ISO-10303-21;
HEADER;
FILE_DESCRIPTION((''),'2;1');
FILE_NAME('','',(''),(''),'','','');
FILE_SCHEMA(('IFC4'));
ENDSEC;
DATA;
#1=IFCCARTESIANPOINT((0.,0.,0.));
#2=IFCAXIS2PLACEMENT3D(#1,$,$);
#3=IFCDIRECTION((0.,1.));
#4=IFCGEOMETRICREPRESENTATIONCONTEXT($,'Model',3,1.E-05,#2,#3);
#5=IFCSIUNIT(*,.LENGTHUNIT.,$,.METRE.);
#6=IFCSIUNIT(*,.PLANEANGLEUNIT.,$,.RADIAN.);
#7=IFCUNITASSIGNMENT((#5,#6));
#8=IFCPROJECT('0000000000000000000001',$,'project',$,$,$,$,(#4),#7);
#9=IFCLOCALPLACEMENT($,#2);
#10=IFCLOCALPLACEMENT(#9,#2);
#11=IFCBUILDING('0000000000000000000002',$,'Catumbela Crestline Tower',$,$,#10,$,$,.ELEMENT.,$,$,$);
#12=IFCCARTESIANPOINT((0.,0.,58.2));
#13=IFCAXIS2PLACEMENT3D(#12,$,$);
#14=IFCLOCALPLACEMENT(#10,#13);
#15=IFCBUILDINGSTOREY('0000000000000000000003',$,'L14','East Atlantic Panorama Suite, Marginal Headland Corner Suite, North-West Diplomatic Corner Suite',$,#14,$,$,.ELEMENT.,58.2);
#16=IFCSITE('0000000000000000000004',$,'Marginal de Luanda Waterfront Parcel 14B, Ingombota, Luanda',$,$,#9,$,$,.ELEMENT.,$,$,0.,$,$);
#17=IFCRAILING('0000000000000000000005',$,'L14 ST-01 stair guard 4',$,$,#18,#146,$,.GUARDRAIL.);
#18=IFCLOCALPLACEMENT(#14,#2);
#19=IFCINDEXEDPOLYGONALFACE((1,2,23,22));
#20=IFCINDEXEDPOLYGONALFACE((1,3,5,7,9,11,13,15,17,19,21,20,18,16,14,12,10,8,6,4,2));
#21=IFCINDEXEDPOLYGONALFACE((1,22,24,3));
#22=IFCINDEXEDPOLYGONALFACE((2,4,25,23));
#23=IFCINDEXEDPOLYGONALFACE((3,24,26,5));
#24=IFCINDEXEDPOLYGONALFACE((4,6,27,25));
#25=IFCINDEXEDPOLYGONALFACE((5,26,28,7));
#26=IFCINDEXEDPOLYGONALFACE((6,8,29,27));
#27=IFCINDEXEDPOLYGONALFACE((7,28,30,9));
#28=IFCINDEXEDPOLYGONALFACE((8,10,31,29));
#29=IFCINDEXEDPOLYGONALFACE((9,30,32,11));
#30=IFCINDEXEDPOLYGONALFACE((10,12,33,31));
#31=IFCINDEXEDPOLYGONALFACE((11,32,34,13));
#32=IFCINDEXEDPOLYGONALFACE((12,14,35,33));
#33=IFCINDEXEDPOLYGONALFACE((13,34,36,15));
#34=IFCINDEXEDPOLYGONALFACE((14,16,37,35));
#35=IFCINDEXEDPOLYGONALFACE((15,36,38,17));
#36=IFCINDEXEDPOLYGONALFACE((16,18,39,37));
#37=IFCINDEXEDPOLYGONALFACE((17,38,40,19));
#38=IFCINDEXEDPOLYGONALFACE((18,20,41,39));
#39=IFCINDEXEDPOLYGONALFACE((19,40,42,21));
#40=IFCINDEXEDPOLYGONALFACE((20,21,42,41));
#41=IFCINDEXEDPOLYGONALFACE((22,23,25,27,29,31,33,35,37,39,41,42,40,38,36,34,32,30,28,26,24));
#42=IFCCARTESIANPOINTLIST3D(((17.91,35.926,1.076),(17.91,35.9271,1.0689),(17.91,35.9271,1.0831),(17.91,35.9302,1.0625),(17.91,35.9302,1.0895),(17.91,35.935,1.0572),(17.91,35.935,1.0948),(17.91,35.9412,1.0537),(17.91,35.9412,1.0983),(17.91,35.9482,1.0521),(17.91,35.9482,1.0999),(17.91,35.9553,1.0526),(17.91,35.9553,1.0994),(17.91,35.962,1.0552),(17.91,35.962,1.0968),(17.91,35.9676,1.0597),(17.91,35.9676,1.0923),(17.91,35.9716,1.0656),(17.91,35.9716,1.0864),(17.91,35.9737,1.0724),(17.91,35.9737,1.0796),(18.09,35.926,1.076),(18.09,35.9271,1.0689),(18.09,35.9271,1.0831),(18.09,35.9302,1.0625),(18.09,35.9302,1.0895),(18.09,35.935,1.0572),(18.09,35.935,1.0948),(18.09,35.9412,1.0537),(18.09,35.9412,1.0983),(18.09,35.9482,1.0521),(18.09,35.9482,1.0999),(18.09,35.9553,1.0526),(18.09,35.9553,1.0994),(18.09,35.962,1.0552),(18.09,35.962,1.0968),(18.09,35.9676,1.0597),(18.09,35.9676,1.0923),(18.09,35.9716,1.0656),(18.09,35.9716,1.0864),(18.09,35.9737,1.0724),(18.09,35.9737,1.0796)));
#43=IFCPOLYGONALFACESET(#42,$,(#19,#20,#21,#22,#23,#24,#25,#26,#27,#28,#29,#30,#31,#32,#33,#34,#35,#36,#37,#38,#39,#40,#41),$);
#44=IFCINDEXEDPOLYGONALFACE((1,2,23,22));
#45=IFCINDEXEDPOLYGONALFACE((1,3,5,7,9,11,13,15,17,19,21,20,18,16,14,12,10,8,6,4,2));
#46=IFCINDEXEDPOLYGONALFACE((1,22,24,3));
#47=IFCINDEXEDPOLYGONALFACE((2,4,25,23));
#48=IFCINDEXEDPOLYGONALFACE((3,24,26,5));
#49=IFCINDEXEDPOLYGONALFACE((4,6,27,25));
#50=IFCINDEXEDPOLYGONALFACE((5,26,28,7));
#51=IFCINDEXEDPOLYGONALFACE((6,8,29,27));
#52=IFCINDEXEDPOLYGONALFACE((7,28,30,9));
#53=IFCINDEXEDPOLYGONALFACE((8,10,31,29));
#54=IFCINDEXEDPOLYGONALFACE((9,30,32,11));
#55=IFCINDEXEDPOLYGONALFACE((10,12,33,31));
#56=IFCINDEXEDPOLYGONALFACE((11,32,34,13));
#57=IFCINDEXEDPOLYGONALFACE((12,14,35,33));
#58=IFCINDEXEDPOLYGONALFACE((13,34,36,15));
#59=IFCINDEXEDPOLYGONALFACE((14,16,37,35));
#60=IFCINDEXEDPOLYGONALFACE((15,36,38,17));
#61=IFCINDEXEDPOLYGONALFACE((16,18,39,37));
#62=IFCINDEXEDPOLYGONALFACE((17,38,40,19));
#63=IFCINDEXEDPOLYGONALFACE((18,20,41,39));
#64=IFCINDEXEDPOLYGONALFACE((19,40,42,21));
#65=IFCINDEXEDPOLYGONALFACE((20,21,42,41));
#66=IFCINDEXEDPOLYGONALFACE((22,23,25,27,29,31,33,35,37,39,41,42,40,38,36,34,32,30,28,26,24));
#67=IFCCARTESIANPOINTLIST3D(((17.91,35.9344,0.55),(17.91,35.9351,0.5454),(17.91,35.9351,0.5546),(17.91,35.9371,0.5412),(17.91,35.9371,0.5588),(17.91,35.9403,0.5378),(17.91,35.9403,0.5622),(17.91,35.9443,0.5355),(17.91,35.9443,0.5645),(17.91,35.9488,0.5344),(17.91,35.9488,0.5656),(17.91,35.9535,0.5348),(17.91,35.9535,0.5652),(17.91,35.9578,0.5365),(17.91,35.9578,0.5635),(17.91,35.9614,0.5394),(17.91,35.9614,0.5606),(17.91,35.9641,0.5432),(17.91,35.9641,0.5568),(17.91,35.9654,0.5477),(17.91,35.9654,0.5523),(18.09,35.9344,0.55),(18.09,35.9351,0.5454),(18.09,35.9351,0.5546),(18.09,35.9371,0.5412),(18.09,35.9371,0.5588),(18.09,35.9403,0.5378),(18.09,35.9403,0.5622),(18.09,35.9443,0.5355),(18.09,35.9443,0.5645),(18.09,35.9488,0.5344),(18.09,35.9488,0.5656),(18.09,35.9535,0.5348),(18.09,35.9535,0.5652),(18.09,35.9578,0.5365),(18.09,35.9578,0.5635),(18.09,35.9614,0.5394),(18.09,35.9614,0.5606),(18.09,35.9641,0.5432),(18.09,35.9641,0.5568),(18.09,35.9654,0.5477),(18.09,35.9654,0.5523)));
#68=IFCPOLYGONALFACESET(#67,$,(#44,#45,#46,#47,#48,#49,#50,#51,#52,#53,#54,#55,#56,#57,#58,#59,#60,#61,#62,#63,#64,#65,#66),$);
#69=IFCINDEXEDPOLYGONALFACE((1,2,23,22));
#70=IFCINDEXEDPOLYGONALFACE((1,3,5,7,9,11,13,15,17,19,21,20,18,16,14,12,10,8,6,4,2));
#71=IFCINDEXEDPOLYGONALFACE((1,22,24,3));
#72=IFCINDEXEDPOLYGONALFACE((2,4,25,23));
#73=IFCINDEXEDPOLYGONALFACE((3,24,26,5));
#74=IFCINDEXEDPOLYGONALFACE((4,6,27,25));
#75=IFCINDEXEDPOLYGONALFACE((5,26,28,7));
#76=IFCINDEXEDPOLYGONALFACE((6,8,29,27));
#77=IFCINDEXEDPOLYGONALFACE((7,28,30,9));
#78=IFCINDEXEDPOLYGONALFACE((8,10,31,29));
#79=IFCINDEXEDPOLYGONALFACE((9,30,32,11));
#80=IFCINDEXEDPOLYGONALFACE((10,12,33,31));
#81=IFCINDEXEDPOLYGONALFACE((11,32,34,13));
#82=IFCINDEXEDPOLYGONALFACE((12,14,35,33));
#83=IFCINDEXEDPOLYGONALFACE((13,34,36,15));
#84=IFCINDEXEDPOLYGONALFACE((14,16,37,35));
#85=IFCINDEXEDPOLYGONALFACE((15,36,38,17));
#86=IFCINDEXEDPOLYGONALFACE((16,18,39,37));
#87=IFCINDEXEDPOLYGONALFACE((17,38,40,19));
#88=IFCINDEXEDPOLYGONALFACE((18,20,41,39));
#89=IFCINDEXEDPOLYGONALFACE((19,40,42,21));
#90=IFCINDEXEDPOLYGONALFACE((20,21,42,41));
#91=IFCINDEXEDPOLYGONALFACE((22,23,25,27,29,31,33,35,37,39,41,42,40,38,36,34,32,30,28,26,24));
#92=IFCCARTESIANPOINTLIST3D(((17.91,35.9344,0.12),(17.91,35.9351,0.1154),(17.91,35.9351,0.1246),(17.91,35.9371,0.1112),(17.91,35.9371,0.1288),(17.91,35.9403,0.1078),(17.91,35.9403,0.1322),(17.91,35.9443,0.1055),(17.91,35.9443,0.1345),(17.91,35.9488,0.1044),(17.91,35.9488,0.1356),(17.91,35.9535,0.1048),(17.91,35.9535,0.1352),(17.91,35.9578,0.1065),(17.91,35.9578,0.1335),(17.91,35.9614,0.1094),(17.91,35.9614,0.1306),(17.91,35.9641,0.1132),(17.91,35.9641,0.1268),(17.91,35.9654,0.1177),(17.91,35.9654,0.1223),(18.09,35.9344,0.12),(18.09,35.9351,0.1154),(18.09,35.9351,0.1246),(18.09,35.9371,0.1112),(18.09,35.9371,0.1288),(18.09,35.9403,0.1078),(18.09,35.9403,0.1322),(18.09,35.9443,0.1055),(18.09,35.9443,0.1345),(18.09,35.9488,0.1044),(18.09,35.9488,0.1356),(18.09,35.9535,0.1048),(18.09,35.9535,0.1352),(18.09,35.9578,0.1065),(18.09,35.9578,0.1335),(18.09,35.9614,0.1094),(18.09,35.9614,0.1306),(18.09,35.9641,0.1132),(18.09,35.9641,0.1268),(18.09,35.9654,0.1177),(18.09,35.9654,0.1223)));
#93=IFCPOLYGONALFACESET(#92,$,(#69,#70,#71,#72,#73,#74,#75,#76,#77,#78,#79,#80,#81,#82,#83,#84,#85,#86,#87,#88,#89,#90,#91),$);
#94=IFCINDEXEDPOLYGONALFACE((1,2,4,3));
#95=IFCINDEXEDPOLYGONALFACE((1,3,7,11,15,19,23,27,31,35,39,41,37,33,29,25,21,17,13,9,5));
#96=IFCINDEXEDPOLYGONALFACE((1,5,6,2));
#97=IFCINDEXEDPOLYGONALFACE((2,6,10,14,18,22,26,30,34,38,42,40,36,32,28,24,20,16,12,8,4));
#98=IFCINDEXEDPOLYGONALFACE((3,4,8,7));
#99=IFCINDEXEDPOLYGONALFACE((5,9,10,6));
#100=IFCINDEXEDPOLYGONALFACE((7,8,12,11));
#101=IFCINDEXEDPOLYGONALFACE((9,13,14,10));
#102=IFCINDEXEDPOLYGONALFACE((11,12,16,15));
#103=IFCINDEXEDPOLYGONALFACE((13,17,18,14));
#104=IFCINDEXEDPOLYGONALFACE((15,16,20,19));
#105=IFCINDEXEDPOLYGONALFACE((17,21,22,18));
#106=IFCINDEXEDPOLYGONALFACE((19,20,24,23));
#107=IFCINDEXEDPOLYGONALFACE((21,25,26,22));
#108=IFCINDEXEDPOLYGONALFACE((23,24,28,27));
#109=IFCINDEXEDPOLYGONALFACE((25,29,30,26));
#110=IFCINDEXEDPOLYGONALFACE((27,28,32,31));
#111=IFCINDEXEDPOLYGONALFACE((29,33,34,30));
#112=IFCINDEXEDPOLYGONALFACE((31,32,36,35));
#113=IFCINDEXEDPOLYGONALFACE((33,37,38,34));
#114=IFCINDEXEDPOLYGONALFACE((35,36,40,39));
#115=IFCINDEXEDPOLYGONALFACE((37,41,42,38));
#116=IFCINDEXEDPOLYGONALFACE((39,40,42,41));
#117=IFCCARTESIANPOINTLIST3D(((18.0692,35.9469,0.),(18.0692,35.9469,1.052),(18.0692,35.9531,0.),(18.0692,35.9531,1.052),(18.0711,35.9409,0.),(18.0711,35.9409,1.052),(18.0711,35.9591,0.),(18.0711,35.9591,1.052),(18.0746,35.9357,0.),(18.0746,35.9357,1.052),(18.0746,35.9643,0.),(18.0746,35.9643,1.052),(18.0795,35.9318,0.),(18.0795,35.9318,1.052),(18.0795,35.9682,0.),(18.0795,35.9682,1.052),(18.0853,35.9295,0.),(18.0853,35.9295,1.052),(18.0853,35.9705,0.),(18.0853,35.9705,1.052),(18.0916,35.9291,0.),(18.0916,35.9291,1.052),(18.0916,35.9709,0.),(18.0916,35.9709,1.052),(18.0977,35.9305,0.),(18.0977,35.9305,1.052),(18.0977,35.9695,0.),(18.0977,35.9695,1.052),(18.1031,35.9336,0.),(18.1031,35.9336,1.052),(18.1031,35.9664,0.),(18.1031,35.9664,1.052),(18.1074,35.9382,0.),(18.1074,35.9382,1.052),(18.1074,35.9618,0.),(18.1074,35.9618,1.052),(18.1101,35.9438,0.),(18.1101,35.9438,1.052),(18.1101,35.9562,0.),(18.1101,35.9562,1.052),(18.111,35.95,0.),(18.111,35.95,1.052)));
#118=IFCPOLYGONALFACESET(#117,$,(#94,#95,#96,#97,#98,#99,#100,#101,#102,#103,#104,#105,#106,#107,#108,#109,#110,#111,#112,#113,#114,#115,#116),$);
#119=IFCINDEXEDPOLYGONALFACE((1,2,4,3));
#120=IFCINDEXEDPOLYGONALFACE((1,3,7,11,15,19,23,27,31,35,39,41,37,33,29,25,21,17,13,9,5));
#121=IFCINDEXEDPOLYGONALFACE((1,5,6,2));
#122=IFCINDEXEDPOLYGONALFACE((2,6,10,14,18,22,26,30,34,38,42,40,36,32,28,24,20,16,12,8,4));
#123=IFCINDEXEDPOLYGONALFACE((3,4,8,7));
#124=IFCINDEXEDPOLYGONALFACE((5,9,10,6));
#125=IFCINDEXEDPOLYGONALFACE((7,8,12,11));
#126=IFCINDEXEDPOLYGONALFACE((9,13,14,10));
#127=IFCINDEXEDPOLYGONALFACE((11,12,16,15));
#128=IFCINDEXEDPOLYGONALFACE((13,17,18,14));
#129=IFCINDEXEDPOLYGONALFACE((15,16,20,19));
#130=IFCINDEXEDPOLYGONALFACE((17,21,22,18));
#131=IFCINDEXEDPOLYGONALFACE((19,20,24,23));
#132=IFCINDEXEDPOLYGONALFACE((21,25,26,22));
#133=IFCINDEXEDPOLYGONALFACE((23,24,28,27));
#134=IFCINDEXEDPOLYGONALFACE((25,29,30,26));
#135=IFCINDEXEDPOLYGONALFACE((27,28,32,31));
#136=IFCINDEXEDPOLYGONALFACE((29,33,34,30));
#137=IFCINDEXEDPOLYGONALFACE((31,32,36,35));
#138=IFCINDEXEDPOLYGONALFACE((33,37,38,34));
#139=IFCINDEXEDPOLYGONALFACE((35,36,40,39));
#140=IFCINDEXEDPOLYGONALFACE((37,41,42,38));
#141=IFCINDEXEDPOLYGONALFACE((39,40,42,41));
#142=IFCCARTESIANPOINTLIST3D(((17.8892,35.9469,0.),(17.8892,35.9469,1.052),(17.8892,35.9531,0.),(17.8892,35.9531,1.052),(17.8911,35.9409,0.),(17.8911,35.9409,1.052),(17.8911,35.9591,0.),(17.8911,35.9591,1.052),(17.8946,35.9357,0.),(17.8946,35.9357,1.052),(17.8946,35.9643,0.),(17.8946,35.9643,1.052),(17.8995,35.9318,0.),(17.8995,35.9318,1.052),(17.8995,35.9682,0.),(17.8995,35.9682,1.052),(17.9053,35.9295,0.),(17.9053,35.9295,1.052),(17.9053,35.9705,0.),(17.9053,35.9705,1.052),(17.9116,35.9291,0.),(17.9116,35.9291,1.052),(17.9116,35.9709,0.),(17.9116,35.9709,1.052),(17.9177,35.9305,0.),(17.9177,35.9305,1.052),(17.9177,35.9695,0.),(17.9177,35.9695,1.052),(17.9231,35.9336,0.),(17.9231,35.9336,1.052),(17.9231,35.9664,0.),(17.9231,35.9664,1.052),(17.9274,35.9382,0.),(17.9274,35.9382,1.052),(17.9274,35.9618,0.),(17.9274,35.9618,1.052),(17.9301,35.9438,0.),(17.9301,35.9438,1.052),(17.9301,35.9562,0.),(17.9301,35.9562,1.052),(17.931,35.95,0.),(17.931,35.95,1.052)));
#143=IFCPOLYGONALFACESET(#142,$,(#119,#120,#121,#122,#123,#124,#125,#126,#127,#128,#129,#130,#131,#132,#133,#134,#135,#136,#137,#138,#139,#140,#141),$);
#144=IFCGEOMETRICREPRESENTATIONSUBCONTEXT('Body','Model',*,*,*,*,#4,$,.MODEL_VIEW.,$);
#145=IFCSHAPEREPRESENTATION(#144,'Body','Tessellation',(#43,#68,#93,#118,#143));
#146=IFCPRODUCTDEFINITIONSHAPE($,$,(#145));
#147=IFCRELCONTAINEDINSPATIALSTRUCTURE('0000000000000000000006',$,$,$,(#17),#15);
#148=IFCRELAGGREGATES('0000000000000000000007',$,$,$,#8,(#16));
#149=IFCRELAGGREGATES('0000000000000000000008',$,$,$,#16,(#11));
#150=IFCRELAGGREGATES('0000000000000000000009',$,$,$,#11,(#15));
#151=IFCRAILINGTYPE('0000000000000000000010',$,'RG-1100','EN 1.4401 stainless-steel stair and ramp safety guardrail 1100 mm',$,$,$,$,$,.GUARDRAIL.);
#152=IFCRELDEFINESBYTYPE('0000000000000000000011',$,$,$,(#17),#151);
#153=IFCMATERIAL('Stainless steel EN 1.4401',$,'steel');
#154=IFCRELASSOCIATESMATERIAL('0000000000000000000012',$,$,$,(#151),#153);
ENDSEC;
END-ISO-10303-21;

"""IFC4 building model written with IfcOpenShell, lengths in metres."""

from ifc_helpers import new_model, si_unit, direction, frame, origin, origin_2d, place, context, subcontext, project, spatial, circle, extrude, material, type_object, element, save


model = new_model("IFC4")

# Units and contexts
model_context = context("Model", 3, precision=1e-05, world=origin(), true_north=direction((0.0, 1.0)))
body_context = subcontext(model_context, "Body", "Model", "MODEL_VIEW")
ifc_project = project(units=[si_unit("LENGTHUNIT", "METRE"), si_unit("PLANEANGLEUNIT", "RADIAN")], contexts=[model_context])

# Site, building, storey
site_placement = place(None, origin())
site = spatial("IfcSite", under=ifc_project, at=site_placement, Name="Marginal de Luanda Waterfront Parcel 14B, Ingombota, Luanda", CompositionType="ELEMENT", RefElevation=0.0)
building_placement = place(site_placement, origin())
building = spatial("IfcBuilding", under=site, at=building_placement, Name="Catumbela Crestline Tower", CompositionType="ELEMENT")
storey_placement = place(building_placement, frame((0.0, 0.0, 58.2)))
storey = spatial("IfcBuildingStorey", under=building, at=storey_placement, Name="L14", Description="East Atlantic Panorama Suite, Marginal Headland Corner Suite, North-West Diplomatic Corner Suite", CompositionType="ELEMENT", Elevation=58.2)

# Railing
ifc_material_1 = material(Name="Stainless steel EN 1.4401", Category="steel")
railing_type_1 = type_object("IfcRailingType", Name="RG-1100", Description="EN 1.4401 stainless-steel stair and ramp safety guardrail 1100 mm", PredefinedType="GUARDRAIL", material=ifc_material_1)
railing_1_placement = place(storey_placement, frame((18.09, 35.95, 0.0)))
element("IfcRailing", 1, at=railing_1_placement, inside=storey, type_object=railing_type_1, Name="L14 ST-01 stair guard 4", PredefinedType="GUARDRAIL", context=body_context, shape_type="SweptSolid", body=[
    extrude(circle(Radius=0.024, at=origin_2d()), frame((0.0, 0.0, 1.076), z_axis=(-1.0, 0.0, 0.0), x_axis=(0.0, -1.0, 0.0)), (0.0, 0.0, 1.0), 0.18),
    extrude(circle(Radius=0.0156, at=origin_2d()), frame((0.0, 0.0, 0.55), z_axis=(-1.0, 0.0, 0.0), x_axis=(0.0, -1.0, 0.0)), (0.0, 0.0, 1.0), 0.18),
    extrude(circle(Radius=0.0156, at=origin_2d()), frame((0.0, 0.0, 0.12), z_axis=(-1.0, 0.0, 0.0), x_axis=(0.0, -1.0, 0.0)), (0.0, 0.0, 1.0), 0.18),
    extrude(circle(Radius=0.021, at=origin_2d()), origin(), (0.0, 0.0, 1.0), 1.052),
    extrude(circle(Radius=0.021, at=origin_2d()), frame((-0.18, 0.0, 0.0)), (0.0, 0.0, 1.0), 1.052),
])

save(model, "model.ifc")
